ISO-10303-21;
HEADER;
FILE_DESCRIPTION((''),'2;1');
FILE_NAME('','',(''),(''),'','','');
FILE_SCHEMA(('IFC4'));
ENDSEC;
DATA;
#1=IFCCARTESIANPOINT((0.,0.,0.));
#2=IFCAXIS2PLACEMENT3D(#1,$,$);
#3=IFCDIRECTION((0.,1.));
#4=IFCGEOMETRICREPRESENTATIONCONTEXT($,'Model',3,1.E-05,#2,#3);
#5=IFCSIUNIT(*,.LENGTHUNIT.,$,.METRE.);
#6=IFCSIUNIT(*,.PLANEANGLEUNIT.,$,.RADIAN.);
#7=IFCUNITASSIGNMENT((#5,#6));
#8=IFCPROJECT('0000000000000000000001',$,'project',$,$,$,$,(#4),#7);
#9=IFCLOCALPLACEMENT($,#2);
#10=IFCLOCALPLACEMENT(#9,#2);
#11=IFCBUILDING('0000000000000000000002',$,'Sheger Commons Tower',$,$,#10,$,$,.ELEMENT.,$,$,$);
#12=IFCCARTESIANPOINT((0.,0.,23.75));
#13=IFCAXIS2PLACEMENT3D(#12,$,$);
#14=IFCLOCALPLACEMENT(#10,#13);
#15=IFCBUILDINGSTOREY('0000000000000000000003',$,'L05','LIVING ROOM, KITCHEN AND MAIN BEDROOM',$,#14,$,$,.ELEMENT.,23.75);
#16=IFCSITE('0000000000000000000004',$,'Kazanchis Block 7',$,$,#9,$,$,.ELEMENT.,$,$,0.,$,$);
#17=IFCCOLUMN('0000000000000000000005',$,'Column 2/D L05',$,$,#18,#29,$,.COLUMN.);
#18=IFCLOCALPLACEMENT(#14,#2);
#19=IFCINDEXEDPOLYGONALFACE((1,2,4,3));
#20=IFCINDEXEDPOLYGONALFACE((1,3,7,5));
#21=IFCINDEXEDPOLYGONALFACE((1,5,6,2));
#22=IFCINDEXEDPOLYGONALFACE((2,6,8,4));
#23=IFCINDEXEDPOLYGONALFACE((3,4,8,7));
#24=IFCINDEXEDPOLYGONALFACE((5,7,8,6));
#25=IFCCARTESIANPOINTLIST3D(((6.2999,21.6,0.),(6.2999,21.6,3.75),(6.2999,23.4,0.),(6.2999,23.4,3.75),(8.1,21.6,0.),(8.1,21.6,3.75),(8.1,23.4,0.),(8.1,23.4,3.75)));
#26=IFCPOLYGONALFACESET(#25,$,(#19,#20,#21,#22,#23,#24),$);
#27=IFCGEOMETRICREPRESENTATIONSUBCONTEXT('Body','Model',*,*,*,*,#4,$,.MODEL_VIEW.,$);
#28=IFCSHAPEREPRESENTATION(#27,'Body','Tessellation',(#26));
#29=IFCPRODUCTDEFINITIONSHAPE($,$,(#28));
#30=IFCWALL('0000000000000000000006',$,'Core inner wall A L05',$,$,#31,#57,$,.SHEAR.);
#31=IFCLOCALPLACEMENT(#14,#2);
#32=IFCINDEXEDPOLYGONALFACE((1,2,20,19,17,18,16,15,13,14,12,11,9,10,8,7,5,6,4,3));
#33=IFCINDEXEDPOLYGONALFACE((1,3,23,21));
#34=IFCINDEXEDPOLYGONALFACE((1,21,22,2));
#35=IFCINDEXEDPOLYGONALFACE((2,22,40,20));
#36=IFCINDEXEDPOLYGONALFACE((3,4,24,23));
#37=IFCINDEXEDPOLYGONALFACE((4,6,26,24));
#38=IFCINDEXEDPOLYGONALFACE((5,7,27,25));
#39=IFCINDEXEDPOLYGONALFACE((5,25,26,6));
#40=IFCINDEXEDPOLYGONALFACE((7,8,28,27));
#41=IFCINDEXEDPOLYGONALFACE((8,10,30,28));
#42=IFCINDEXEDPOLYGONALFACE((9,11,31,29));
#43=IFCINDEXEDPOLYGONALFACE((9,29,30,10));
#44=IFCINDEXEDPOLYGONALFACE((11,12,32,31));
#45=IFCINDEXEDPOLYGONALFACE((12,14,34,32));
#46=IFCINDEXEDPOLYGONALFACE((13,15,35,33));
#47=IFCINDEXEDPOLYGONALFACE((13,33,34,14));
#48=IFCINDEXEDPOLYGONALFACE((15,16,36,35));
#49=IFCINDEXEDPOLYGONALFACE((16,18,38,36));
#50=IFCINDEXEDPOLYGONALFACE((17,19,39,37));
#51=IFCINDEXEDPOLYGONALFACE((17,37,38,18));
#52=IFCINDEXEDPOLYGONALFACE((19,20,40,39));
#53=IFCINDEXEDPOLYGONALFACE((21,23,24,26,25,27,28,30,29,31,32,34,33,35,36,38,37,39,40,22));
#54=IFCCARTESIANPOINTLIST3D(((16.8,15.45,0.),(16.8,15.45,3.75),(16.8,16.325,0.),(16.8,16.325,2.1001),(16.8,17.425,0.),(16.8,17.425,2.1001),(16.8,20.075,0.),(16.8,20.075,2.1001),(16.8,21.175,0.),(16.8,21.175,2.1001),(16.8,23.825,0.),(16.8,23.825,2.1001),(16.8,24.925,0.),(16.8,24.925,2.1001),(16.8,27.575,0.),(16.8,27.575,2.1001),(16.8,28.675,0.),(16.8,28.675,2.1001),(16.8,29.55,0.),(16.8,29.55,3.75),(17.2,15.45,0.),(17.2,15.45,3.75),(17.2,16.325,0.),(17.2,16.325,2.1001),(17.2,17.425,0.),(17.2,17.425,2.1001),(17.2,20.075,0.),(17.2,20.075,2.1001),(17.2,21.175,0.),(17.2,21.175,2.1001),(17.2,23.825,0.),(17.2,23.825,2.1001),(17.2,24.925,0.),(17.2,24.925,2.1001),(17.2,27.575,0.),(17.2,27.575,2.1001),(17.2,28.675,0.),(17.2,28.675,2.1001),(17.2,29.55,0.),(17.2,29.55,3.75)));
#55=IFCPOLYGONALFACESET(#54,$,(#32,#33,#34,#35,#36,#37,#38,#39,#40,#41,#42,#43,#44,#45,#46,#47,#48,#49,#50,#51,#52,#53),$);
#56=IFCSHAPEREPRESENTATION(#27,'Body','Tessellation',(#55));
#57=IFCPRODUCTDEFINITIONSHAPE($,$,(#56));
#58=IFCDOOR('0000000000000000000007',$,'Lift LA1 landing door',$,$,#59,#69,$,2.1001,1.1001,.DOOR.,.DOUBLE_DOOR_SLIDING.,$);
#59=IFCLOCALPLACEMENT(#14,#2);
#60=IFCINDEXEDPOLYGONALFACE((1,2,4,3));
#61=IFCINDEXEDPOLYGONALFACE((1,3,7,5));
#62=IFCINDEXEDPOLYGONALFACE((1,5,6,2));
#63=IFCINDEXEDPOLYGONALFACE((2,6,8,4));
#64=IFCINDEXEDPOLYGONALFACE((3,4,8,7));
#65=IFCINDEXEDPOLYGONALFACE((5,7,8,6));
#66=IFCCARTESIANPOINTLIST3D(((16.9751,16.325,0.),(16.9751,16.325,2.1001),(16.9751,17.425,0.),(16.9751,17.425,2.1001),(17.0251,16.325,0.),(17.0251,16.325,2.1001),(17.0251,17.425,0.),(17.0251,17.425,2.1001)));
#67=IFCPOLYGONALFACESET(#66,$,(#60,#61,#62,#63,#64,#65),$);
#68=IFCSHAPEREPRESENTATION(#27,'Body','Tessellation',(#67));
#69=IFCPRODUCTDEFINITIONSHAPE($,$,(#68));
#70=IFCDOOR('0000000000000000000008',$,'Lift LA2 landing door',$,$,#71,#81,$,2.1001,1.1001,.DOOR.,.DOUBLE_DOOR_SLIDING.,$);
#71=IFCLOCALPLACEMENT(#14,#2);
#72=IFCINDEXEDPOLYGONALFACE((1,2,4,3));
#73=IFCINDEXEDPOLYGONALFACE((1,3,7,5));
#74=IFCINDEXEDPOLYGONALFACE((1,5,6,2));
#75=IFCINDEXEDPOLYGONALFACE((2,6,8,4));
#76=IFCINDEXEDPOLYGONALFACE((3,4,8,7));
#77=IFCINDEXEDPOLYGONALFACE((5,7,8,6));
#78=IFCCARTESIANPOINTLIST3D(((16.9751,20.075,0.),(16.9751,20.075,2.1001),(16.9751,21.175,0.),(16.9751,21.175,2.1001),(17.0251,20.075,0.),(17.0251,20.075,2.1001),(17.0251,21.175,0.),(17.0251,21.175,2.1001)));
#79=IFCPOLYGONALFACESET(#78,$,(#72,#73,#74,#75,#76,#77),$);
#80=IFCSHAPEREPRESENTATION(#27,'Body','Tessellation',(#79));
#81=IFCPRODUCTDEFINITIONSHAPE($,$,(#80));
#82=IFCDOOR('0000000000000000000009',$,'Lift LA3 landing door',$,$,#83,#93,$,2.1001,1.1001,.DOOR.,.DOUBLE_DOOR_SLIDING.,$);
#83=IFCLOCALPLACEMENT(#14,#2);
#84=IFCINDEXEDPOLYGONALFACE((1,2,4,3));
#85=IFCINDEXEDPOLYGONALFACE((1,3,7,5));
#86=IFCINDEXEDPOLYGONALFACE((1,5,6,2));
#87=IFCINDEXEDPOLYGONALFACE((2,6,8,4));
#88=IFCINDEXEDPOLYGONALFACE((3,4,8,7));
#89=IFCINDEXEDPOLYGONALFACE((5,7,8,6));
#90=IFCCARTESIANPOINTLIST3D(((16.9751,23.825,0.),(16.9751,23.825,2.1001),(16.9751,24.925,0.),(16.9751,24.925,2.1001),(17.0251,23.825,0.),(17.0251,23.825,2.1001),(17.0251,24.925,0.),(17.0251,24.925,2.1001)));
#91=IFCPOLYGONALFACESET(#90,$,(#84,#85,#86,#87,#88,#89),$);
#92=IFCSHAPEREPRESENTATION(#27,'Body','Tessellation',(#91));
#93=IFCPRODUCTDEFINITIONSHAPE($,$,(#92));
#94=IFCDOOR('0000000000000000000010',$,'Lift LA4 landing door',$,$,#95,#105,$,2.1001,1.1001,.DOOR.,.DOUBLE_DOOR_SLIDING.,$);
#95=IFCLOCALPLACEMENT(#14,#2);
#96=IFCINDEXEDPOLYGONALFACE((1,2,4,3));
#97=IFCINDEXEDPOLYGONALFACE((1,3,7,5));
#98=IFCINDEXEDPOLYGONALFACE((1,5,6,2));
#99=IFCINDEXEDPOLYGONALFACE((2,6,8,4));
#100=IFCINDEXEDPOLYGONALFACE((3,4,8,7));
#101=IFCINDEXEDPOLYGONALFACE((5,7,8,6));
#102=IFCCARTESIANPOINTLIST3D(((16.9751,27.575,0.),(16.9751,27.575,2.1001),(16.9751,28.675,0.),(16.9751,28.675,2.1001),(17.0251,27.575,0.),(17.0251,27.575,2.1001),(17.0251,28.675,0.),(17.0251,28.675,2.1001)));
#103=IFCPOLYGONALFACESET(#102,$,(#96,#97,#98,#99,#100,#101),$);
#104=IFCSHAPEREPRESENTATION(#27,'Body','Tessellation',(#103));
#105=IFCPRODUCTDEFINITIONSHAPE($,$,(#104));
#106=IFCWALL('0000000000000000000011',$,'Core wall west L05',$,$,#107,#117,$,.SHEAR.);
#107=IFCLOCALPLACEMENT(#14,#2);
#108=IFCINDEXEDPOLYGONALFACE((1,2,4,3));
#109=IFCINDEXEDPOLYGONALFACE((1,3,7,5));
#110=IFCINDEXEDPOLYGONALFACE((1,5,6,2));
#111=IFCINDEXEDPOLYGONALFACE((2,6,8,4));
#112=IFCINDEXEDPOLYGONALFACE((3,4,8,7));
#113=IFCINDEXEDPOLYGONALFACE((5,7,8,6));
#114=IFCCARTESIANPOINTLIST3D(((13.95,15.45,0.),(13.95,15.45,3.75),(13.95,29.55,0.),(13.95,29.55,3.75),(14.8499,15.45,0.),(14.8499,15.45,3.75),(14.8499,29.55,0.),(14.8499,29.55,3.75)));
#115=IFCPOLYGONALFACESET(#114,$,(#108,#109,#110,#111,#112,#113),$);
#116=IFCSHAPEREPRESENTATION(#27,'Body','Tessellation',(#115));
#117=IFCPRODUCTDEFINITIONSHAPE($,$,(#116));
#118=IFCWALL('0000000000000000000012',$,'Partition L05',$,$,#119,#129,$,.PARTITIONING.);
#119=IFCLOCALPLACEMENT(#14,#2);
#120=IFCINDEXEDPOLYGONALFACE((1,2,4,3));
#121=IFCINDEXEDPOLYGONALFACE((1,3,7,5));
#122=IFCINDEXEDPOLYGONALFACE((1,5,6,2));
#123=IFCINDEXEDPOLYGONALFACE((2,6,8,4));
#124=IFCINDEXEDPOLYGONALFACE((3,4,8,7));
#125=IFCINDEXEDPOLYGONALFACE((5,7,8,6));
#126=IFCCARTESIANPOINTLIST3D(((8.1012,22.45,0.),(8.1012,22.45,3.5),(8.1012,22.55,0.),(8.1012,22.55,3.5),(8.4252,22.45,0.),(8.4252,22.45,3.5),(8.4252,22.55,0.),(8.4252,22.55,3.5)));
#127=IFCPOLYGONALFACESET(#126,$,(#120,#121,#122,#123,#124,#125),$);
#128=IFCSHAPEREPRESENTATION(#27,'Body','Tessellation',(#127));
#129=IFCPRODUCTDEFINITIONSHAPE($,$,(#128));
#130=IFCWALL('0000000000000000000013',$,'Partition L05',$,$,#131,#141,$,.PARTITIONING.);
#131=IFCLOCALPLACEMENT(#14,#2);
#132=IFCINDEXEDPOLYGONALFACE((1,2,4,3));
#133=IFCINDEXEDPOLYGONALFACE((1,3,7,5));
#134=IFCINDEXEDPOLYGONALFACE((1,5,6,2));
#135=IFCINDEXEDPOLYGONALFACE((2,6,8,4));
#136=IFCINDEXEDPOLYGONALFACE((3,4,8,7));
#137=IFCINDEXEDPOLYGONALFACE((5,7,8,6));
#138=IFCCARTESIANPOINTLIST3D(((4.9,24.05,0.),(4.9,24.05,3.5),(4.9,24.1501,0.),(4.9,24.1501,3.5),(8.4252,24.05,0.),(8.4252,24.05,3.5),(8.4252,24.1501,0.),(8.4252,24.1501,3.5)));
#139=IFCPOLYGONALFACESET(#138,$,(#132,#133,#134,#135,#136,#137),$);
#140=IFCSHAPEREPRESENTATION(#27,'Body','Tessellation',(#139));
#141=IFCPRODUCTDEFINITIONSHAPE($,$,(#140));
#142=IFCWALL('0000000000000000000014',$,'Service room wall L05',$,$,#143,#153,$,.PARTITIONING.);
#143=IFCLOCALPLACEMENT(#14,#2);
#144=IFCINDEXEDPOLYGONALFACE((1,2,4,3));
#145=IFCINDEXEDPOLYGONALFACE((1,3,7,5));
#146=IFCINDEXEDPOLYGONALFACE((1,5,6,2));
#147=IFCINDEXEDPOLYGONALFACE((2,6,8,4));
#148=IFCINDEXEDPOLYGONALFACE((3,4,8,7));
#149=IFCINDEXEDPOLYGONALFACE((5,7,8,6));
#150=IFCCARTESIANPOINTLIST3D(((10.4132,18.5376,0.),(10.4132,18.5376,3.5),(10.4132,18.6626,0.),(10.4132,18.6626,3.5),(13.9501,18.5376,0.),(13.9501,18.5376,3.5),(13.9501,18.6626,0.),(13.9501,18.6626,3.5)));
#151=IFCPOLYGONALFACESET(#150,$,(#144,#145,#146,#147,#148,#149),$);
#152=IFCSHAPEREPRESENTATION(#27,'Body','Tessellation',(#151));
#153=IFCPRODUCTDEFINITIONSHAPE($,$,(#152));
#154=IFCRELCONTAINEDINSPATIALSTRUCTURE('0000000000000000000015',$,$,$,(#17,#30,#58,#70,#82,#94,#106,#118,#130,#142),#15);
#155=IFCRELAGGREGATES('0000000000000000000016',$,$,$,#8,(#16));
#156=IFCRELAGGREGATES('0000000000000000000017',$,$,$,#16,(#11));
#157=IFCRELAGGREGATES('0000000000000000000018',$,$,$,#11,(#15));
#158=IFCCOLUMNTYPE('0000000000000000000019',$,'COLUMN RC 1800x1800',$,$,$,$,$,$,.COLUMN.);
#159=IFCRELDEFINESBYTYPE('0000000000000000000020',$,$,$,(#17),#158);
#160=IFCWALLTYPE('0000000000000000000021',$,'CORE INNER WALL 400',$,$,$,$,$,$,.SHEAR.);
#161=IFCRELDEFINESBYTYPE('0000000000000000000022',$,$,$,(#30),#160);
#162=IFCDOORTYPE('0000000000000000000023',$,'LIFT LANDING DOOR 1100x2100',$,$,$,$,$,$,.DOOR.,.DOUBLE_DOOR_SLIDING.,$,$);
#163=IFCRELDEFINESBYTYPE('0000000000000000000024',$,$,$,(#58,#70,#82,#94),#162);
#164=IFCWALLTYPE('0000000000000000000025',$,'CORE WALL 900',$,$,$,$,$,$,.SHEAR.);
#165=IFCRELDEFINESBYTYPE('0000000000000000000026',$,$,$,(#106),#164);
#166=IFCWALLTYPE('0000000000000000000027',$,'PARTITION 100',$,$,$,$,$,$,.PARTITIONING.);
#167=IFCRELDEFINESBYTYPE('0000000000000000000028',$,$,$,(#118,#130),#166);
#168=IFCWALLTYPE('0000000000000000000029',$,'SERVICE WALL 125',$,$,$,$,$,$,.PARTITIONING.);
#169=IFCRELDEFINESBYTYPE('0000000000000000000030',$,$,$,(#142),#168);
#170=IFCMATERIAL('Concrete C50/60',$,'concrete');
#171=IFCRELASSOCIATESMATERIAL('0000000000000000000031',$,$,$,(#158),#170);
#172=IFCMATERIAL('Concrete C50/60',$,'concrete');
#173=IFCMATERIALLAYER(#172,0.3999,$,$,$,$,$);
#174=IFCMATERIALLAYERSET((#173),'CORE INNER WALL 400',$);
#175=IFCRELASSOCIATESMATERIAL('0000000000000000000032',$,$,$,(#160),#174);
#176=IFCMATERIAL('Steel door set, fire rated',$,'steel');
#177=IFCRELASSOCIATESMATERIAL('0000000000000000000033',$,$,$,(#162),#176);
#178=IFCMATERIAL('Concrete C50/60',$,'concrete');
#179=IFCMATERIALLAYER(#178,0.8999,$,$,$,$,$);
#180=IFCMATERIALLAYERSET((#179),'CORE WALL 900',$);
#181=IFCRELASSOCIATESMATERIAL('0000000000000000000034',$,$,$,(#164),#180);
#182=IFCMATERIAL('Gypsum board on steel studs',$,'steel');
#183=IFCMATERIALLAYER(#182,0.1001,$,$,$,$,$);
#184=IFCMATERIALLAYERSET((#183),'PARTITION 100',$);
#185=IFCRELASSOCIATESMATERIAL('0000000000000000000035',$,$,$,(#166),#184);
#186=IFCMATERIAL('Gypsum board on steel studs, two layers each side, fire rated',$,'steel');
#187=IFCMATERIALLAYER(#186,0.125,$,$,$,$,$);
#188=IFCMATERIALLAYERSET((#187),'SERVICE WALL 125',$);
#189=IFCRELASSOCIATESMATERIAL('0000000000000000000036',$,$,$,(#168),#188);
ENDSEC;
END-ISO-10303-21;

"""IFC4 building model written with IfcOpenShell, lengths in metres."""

from ifc_helpers import new_model, si_unit, direction, frame, frame_2d, origin, origin_2d, place, context, subcontext, project, spatial, rectangle, extrude, material, layer, layer_set, material_profile, profile_set, type_object, element, fill, save


model = new_model("IFC4")

# Units and contexts
model_context = context("Model", 3, precision=1e-05, world=origin(), true_north=direction((0.0, 1.0)))
body_context = subcontext(model_context, "Body", "Model", "MODEL_VIEW")
ifc_project = project(units=[si_unit("LENGTHUNIT", "METRE"), si_unit("PLANEANGLEUNIT", "RADIAN")], contexts=[model_context])

# Site, building, storey
site_placement = place(None, origin())
site = spatial("IfcSite", under=ifc_project, at=site_placement, Name="Kazanchis Block 7", CompositionType="ELEMENT", RefElevation=0.0)
building_placement = place(site_placement, origin())
building = spatial("IfcBuilding", under=site, at=building_placement, Name="Sheger Commons Tower", CompositionType="ELEMENT")
storey_placement = place(building_placement, frame((0.0, 0.0, 23.75)))
storey = spatial("IfcBuildingStorey", under=building, at=storey_placement, Name="L05", Description="LIVING ROOM, KITCHEN AND MAIN BEDROOM", CompositionType="ELEMENT", Elevation=23.75)

# Column
ifc_material_1 = material(Name="Concrete C50/60", Category="concrete")
ifc_material_profile = material_profile(ifc_material_1, rectangle(XDim=1.8, YDim=1.8, at=origin_2d()), Name="RC 1800x1800")
ifc_profile_set = profile_set([ifc_material_profile], Name="Concrete C50/60")
column_type = type_object("IfcColumnType", Name="COLUMN RC 1800x1800", PredefinedType="COLUMN", material=ifc_profile_set)
column_placement = place(storey_placement, frame((7.2, 22.5, 0.0), z_axis=(0.0, 0.0, 1.0), x_axis=(1.0, 0.0, 0.0)))
element("IfcColumn", 1, at=column_placement, inside=storey, type_object=column_type, Name="Column 2/D L05", PredefinedType="COLUMN", context=body_context, shape_type="SweptSolid", body=[
    extrude(rectangle(XDim=1.8, YDim=1.8, at=origin_2d()), origin(), (0.0, 0.0, 1.0), 3.75),
])

# Wall, openings, doors
ifc_material_2 = material(Name="Concrete C50/60", Category="concrete")
ifc_layer_1 = layer(ifc_material_2, 0.3999)
ifc_layer_set_1 = layer_set([ifc_layer_1], Name="CORE INNER WALL 400")
wall_type_1 = type_object("IfcWallType", Name="CORE INNER WALL 400", PredefinedType="SHEAR", material=ifc_layer_set_1)
wall_1_placement = place(storey_placement, frame((17.0, 15.45, 0.0), z_axis=(0.0, 0.0, 1.0), x_axis=(0.0, 1.0, 0.0)))
wall_1 = element("IfcWall", 2, at=wall_1_placement, inside=storey, type_object=wall_type_1, Name="Core inner wall A L05", PredefinedType="SHEAR", context=body_context, shape_type="SweptSolid", body=[
    extrude(rectangle(XDim=14.1001, YDim=0.3999, at=frame_2d((7.05, 0.0))), origin(), (0.0, 0.0, 1.0), 3.75),
])
opening_1_placement = place(wall_1_placement, frame((0.875, 0.0, 0.0)))
opening_1 = element("IfcOpeningElement", 3, at=opening_1_placement, cuts=wall_1, PredefinedType="OPENING", context=body_context, shape_type="SweptSolid", body=[
    extrude(rectangle(XDim=1.1001, YDim=2.1001, at=frame_2d((0.55, 1.05))), frame((0.0, 0.21, 0.0), z_axis=(0.0, -1.0, 0.0), x_axis=(1.0, 0.0, 0.0)), (0.0, 0.0, 1.0), 0.4199),
])
opening_2_placement = place(wall_1_placement, frame((4.625, 0.0, 0.0)))
opening_2 = element("IfcOpeningElement", 4, at=opening_2_placement, cuts=wall_1, PredefinedType="OPENING", context=body_context, shape_type="SweptSolid", body=[
    extrude(rectangle(XDim=1.1001, YDim=2.1001, at=frame_2d((0.55, 1.05))), frame((0.0, 0.21, 0.0), z_axis=(0.0, -1.0, 0.0), x_axis=(1.0, 0.0, 0.0)), (0.0, 0.0, 1.0), 0.4199),
])
opening_3_placement = place(wall_1_placement, frame((8.375, 0.0, 0.0)))
opening_3 = element("IfcOpeningElement", 5, at=opening_3_placement, cuts=wall_1, PredefinedType="OPENING", context=body_context, shape_type="SweptSolid", body=[
    extrude(rectangle(XDim=1.1001, YDim=2.1001, at=frame_2d((0.55, 1.05))), frame((0.0, 0.21, 0.0), z_axis=(0.0, -1.0, 0.0), x_axis=(1.0, 0.0, 0.0)), (0.0, 0.0, 1.0), 0.4199),
])
opening_4_placement = place(wall_1_placement, frame((12.125, 0.0, 0.0)))
opening_4 = element("IfcOpeningElement", 6, at=opening_4_placement, cuts=wall_1, PredefinedType="OPENING", context=body_context, shape_type="SweptSolid", body=[
    extrude(rectangle(XDim=1.1001, YDim=2.1001, at=frame_2d((0.55, 1.05))), frame((0.0, 0.21, 0.0), z_axis=(0.0, -1.0, 0.0), x_axis=(1.0, 0.0, 0.0)), (0.0, 0.0, 1.0), 0.4199),
])
ifc_material_3 = material(Name="Steel door set, fire rated", Category="steel")
door_type_1 = type_object("IfcDoorType", Name="LIFT LANDING DOOR 1100x2100", OperationType="DOUBLE_DOOR_SLIDING", PredefinedType="DOOR", material=ifc_material_3)
door_1_placement = place(opening_1_placement, origin())
door_1 = element("IfcDoor", 7, at=door_1_placement, inside=storey, type_object=door_type_1, Name="Lift LA1 landing door", OperationType="DOUBLE_DOOR_SLIDING", OverallHeight=2.1001, OverallWidth=1.1001, PredefinedType="DOOR", context=body_context, shape_type="SweptSolid", body=[
    extrude(rectangle(XDim=1.1001, YDim=2.1001, at=frame_2d((0.55, 1.05))), frame((0.0, 0.0249, 0.0), z_axis=(0.0, -1.0, 0.0), x_axis=(1.0, 0.0, 0.0)), (0.0, 0.0, 1.0), 0.05),
])
fill(opening_1, door_1)
door_2_placement = place(opening_2_placement, origin())
door_2 = element("IfcDoor", 8, at=door_2_placement, inside=storey, type_object=door_type_1, Name="Lift LA2 landing door", OperationType="DOUBLE_DOOR_SLIDING", OverallHeight=2.1001, OverallWidth=1.1001, PredefinedType="DOOR", context=body_context, shape_type="SweptSolid", body=[
    extrude(rectangle(XDim=1.1001, YDim=2.1001, at=frame_2d((0.55, 1.05))), frame((0.0, 0.0249, 0.0), z_axis=(0.0, -1.0, 0.0), x_axis=(1.0, 0.0, 0.0)), (0.0, 0.0, 1.0), 0.05),
])
fill(opening_2, door_2)
door_3_placement = place(opening_3_placement, origin())
door_3 = element("IfcDoor", 9, at=door_3_placement, inside=storey, type_object=door_type_1, Name="Lift LA3 landing door", OperationType="DOUBLE_DOOR_SLIDING", OverallHeight=2.1001, OverallWidth=1.1001, PredefinedType="DOOR", context=body_context, shape_type="SweptSolid", body=[
    extrude(rectangle(XDim=1.1001, YDim=2.1001, at=frame_2d((0.55, 1.05))), frame((0.0, 0.0249, 0.0), z_axis=(0.0, -1.0, 0.0), x_axis=(1.0, 0.0, 0.0)), (0.0, 0.0, 1.0), 0.05),
])
fill(opening_3, door_3)
door_4_placement = place(opening_4_placement, origin())
door_4 = element("IfcDoor", 10, at=door_4_placement, inside=storey, type_object=door_type_1, Name="Lift LA4 landing door", OperationType="DOUBLE_DOOR_SLIDING", OverallHeight=2.1001, OverallWidth=1.1001, PredefinedType="DOOR", context=body_context, shape_type="SweptSolid", body=[
    extrude(rectangle(XDim=1.1001, YDim=2.1001, at=frame_2d((0.55, 1.05))), frame((0.0, 0.0249, 0.0), z_axis=(0.0, -1.0, 0.0), x_axis=(1.0, 0.0, 0.0)), (0.0, 0.0, 1.0), 0.05),
])
fill(opening_4, door_4)

# Walls
ifc_material_4 = material(Name="Concrete C50/60", Category="concrete")
ifc_layer_2 = layer(ifc_material_4, 0.8999)
ifc_layer_set_2 = layer_set([ifc_layer_2], Name="CORE WALL 900")
wall_type_2 = type_object("IfcWallType", Name="CORE WALL 900", PredefinedType="SHEAR", material=ifc_layer_set_2)
wall_2_placement = place(storey_placement, frame((14.3999, 15.45, 0.0), z_axis=(0.0, 0.0, 1.0), x_axis=(0.0, 1.0, 0.0)))
element("IfcWall", 11, at=wall_2_placement, inside=storey, type_object=wall_type_2, Name="Core wall west L05", PredefinedType="SHEAR", context=body_context, shape_type="SweptSolid", body=[
    extrude(rectangle(XDim=14.1001, YDim=0.8999, at=frame_2d((7.05, 0.0))), origin(), (0.0, 0.0, 1.0), 3.75),
])
ifc_material_5 = material(Name="Gypsum board on steel studs", Category="steel")
ifc_layer_3 = layer(ifc_material_5, 0.1001)
ifc_layer_set_3 = layer_set([ifc_layer_3], Name="PARTITION 100")
wall_type_3 = type_object("IfcWallType", Name="PARTITION 100", PredefinedType="PARTITIONING", material=ifc_layer_set_3)
wall_3_placement = place(storey_placement, frame((8.1011, 22.5, 0.0), z_axis=(0.0, 0.0, 1.0), x_axis=(1.0, 0.0, 0.0)))
element("IfcWall", 12, at=wall_3_placement, inside=storey, type_object=wall_type_3, Name="Partition L05", PredefinedType="PARTITIONING", context=body_context, shape_type="SweptSolid", body=[
    extrude(rectangle(XDim=0.324, YDim=0.1001, at=frame_2d((0.1621, 0.0))), origin(), (0.0, 0.0, 1.0), 3.5),
])
wall_4_placement = place(storey_placement, frame((4.8999, 24.1001, 0.0), z_axis=(0.0, 0.0, 1.0), x_axis=(1.0, 0.0, 0.0)))
element("IfcWall", 13, at=wall_4_placement, inside=storey, type_object=wall_type_3, Name="Partition L05", PredefinedType="PARTITIONING", context=body_context, shape_type="SweptSolid", body=[
    extrude(rectangle(XDim=3.5251, YDim=0.1001, at=frame_2d((1.7627, 0.0))), origin(), (0.0, 0.0, 1.0), 3.5),
])
ifc_material_6 = material(Name="Gypsum board on steel studs, two layers each side, fire rated", Category="steel")
ifc_layer_4 = layer(ifc_material_6, 0.125)
ifc_layer_set_4 = layer_set([ifc_layer_4], Name="SERVICE WALL 125")
wall_type_4 = type_object("IfcWallType", Name="SERVICE WALL 125", PredefinedType="PARTITIONING", material=ifc_layer_set_4)
wall_5_placement = place(storey_placement, frame((10.4131, 18.6001, 0.0), z_axis=(0.0, 0.0, 1.0), x_axis=(1.0, 0.0, 0.0)))
element("IfcWall", 14, at=wall_5_placement, inside=storey, type_object=wall_type_4, Name="Service room wall L05", PredefinedType="PARTITIONING", context=body_context, shape_type="SweptSolid", body=[
    extrude(rectangle(XDim=3.5369, YDim=0.125, at=frame_2d((1.7686, 0.0))), origin(), (0.0, 0.0, 1.0), 3.5),
])

save(model, "model.ifc")
